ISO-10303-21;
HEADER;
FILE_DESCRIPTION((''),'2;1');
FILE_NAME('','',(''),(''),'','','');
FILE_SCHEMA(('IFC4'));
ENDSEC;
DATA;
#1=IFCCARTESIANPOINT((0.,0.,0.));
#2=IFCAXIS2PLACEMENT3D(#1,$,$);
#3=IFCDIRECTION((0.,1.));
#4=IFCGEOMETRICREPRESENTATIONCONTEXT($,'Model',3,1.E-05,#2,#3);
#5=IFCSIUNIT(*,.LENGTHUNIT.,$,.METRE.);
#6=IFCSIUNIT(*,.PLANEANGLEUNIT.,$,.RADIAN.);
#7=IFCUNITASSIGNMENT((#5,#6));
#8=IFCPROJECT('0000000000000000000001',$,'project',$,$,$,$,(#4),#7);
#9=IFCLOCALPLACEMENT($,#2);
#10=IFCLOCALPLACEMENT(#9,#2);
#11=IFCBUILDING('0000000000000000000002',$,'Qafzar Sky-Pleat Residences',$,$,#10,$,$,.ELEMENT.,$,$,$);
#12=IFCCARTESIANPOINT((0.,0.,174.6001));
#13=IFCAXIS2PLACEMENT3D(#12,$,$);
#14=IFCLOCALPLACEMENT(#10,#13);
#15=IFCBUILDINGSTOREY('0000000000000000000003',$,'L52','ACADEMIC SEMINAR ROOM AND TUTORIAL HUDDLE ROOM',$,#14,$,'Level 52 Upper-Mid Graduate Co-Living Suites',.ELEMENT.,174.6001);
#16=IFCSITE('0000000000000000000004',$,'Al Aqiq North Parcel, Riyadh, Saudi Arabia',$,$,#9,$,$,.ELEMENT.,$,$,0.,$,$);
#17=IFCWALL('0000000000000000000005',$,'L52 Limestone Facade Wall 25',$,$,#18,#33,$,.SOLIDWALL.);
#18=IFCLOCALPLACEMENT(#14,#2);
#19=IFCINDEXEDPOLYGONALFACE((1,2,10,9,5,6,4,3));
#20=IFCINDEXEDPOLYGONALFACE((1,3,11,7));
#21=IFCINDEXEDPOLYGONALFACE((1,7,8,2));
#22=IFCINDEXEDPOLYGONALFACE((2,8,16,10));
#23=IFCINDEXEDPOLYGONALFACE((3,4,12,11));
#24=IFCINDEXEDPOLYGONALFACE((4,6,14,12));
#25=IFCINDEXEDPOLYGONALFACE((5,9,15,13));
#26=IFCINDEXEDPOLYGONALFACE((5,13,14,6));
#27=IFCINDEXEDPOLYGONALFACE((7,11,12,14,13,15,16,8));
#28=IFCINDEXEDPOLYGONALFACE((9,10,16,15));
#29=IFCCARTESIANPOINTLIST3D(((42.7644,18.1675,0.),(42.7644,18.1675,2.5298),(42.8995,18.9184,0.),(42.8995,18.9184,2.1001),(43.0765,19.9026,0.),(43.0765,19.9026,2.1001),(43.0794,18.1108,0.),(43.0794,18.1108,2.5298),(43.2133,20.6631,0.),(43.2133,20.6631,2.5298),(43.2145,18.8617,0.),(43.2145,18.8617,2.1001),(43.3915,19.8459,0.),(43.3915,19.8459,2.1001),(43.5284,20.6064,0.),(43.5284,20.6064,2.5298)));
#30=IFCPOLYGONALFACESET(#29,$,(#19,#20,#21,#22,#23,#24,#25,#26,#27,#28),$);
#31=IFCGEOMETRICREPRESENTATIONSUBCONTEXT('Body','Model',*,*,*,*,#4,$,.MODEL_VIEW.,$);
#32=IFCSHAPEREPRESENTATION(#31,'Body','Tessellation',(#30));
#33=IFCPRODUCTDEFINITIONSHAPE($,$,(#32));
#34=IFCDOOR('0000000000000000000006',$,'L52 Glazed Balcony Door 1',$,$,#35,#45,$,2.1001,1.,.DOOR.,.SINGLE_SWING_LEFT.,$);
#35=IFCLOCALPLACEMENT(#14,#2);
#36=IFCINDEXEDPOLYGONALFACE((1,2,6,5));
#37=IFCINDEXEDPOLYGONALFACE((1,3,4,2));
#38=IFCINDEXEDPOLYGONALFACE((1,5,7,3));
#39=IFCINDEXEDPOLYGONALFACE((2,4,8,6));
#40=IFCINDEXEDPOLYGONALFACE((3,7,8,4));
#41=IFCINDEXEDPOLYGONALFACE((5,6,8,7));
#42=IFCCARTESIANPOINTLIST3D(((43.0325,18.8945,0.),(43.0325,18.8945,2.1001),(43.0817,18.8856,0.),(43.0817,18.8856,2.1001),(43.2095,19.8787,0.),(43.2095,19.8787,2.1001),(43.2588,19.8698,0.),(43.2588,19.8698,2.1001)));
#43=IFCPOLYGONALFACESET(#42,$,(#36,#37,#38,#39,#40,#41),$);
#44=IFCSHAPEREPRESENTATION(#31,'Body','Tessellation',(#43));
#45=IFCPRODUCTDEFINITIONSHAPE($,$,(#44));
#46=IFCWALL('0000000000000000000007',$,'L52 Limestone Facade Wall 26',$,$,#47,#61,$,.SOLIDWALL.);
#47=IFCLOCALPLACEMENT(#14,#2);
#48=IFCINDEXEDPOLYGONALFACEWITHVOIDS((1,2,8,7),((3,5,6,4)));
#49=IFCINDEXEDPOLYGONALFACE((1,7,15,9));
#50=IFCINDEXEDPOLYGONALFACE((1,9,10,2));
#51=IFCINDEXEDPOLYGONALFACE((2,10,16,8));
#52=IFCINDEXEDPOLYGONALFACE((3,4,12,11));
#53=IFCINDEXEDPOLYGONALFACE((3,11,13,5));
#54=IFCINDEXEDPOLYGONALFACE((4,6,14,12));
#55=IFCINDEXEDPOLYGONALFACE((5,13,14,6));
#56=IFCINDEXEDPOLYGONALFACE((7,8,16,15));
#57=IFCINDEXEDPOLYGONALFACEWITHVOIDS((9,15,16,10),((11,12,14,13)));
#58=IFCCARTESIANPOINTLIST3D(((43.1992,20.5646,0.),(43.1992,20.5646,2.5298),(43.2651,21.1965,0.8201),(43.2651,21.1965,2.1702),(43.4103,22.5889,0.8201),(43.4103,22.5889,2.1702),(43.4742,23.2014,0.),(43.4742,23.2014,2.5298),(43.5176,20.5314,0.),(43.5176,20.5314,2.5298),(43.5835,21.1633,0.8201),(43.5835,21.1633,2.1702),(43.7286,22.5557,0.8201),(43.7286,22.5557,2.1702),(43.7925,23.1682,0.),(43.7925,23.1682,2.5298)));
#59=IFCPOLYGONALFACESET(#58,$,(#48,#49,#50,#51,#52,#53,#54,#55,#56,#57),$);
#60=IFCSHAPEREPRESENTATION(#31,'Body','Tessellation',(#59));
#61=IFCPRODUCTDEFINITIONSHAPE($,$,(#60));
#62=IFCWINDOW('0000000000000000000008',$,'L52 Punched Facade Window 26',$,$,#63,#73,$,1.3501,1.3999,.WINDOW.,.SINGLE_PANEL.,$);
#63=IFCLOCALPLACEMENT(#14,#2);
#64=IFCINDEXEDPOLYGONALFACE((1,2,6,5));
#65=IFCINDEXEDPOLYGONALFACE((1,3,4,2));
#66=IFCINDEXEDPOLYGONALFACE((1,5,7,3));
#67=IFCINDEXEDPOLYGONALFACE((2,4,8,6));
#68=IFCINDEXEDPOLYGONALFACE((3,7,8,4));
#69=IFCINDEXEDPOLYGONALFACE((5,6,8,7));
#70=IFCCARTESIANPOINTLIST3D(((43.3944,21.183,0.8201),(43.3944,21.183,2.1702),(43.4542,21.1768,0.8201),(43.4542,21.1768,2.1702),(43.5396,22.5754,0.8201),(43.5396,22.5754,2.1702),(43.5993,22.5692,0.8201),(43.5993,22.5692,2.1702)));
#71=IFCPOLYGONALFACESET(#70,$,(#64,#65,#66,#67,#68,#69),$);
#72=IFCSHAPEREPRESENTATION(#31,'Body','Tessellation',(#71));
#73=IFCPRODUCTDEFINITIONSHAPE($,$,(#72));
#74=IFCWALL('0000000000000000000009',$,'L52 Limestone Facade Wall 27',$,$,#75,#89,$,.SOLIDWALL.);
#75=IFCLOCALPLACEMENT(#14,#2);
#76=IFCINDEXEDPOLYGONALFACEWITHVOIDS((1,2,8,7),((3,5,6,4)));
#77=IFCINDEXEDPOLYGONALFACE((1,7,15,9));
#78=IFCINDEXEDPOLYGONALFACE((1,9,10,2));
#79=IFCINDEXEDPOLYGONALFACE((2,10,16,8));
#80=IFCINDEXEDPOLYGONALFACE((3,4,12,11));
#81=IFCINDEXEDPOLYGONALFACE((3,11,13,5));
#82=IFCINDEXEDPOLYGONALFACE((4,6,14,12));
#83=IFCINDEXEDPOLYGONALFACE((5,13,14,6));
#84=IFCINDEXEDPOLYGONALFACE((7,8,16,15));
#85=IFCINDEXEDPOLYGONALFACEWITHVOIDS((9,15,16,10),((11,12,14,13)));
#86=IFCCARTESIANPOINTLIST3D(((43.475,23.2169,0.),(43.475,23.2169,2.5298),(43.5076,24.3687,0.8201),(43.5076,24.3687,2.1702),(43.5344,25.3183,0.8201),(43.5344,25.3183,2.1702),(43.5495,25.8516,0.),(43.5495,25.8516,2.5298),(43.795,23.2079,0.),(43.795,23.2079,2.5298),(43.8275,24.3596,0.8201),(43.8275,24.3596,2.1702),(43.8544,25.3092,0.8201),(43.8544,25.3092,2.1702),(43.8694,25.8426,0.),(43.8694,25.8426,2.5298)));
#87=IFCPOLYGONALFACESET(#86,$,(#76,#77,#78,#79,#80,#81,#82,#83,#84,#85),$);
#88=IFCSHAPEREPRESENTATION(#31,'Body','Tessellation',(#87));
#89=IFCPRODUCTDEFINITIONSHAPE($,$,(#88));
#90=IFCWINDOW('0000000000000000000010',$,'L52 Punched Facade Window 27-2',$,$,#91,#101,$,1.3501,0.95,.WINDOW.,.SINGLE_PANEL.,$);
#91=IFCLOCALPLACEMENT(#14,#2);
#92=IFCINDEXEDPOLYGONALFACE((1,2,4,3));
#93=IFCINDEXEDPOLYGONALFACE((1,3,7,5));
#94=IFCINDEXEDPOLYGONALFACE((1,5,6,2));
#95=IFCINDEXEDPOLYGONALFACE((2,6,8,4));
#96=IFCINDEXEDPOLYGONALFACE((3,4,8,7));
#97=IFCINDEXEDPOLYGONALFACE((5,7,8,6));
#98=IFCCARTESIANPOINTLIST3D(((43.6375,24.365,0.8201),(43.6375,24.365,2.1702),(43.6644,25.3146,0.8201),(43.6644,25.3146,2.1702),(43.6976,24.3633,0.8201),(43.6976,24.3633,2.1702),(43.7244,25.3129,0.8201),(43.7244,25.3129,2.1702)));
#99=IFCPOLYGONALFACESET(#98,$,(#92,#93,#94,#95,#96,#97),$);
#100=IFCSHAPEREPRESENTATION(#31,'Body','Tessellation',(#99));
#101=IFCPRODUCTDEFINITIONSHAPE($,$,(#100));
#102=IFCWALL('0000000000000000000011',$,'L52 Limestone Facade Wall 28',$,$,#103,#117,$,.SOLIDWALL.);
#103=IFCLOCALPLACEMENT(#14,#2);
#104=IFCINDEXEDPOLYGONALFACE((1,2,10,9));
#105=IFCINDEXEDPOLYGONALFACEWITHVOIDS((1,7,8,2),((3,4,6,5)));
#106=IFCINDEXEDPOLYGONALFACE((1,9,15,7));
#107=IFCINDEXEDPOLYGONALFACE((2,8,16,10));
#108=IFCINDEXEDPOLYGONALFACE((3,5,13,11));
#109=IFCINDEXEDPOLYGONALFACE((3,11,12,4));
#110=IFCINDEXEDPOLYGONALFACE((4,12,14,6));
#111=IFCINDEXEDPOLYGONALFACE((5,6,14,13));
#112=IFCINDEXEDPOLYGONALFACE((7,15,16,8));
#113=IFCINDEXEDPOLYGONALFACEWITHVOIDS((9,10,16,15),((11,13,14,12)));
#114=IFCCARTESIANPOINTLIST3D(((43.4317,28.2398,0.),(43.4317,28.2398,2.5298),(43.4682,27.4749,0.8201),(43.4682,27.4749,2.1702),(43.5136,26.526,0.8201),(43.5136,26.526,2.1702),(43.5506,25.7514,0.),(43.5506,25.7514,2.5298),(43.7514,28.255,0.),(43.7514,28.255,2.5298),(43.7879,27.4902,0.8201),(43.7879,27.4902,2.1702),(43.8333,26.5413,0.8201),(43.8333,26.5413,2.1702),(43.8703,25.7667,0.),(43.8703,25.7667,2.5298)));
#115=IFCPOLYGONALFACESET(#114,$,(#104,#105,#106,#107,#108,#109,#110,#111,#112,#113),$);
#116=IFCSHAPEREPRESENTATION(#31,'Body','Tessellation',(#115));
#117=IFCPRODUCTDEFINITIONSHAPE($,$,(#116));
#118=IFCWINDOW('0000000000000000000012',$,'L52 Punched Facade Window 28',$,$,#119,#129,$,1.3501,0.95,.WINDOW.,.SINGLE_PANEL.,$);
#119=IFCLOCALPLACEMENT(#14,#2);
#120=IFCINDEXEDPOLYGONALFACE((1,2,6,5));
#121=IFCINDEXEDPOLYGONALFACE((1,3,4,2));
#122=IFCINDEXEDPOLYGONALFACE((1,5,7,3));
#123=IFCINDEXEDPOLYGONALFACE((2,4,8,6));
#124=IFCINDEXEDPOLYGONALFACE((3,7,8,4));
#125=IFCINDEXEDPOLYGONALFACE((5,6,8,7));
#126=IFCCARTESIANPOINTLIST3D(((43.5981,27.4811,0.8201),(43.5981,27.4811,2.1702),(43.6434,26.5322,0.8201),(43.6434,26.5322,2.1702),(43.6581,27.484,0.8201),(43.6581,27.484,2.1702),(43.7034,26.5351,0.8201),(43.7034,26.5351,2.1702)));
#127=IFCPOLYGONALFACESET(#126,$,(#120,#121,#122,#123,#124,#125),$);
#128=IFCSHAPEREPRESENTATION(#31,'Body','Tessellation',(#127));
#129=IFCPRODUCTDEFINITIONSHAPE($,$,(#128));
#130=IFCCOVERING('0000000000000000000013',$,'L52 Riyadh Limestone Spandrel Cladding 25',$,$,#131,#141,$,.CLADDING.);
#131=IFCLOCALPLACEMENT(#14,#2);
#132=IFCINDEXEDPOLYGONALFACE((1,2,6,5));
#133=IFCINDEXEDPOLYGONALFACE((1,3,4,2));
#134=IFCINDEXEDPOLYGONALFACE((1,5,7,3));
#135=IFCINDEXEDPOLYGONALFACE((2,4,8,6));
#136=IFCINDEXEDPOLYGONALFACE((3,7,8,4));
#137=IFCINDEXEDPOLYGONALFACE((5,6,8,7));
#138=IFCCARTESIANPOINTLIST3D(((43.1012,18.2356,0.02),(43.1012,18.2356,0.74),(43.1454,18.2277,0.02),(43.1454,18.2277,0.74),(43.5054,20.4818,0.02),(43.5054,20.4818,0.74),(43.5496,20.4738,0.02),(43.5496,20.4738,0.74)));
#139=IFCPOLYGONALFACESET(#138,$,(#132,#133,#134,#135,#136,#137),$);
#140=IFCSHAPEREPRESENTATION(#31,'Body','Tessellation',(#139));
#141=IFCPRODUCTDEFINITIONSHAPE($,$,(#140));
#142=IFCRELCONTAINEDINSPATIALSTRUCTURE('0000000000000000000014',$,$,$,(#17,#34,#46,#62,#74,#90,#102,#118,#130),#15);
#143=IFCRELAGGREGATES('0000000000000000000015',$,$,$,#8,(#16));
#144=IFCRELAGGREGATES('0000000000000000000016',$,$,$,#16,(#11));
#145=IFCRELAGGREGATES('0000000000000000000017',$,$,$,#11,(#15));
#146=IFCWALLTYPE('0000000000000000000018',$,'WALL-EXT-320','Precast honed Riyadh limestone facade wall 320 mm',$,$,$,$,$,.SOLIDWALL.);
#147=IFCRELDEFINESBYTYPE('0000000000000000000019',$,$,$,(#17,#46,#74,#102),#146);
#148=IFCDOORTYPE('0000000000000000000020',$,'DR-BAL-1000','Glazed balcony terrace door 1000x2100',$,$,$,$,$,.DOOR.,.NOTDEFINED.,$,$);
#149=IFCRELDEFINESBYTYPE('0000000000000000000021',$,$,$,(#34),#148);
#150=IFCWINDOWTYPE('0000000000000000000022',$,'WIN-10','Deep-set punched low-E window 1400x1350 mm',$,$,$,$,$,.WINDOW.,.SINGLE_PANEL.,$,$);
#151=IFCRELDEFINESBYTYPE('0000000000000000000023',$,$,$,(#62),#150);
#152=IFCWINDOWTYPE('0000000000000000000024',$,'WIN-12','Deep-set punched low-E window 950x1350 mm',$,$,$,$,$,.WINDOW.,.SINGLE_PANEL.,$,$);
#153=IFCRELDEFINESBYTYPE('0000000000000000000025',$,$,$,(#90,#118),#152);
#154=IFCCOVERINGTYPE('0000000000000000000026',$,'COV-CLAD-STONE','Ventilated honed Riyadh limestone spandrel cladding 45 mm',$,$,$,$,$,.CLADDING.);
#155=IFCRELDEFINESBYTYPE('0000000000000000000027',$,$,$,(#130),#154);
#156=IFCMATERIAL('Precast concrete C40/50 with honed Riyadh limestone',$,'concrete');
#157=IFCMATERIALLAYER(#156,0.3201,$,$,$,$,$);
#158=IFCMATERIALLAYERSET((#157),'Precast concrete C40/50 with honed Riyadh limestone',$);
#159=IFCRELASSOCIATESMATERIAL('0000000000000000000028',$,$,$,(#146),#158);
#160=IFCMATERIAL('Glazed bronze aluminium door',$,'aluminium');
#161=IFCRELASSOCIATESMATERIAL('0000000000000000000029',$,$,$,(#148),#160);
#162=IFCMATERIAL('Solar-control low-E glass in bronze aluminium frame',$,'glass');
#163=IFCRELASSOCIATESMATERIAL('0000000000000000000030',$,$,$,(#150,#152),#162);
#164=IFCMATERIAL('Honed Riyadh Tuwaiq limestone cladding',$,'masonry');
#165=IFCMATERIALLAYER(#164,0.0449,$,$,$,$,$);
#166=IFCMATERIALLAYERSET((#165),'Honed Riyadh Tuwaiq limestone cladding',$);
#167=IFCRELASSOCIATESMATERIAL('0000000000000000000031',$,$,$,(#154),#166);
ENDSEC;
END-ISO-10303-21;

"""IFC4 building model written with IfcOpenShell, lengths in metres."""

from ifc_helpers import new_model, si_unit, direction, frame, frame_2d, origin, origin_2d, place, context, subcontext, project, spatial, rectangle, extrude, source, transform, mapped, material, layer, layer_set, type_object, element, fill, save


model = new_model("IFC4")

# Units and contexts
model_context = context("Model", 3, precision=1e-05, world=origin(), true_north=direction((0.0, 1.0)))
body_context = subcontext(model_context, "Body", "Model", "MODEL_VIEW")
ifc_project = project(units=[si_unit("LENGTHUNIT", "METRE"), si_unit("PLANEANGLEUNIT", "RADIAN")], contexts=[model_context])

# Site, building, storey
site_placement = place(None, origin())
site = spatial("IfcSite", under=ifc_project, at=site_placement, Name="Al Aqiq North Parcel, Riyadh, Saudi Arabia", CompositionType="ELEMENT", RefElevation=0.0)
building_placement = place(site_placement, origin())
building = spatial("IfcBuilding", under=site, at=building_placement, Name="Qafzar Sky-Pleat Residences", CompositionType="ELEMENT")
storey_placement = place(building_placement, frame((0.0, 0.0, 174.6001)))
storey = spatial("IfcBuildingStorey", under=building, at=storey_placement, Name="L52", Description="ACADEMIC SEMINAR ROOM AND TUTORIAL HUDDLE ROOM", LongName="Level 52 Upper-Mid Graduate Co-Living Suites", CompositionType="ELEMENT", Elevation=174.6001)

# Wall, opening, door
ifc_material_1 = material(Name="Precast concrete C40/50 with honed Riyadh limestone", Category="concrete")
ifc_layer_1 = layer(ifc_material_1, 0.3201)
ifc_layer_set_1 = layer_set([ifc_layer_1], Name="Precast concrete C40/50 with honed Riyadh limestone")
wall_type_1 = type_object("IfcWallType", Name="WALL-EXT-320", Description="Precast honed Riyadh limestone facade wall 320 mm", PredefinedType="SOLIDWALL", material=ifc_layer_set_1)
wall_1_placement = place(storey_placement, frame((42.9219, 18.1392, 0.0), z_axis=(0.0, 0.0, 1.0), x_axis=(0.177063, 0.984199, 0.0)))
wall_1 = element("IfcWall", 1, at=wall_1_placement, inside=storey, type_object=wall_type_1, Name="L52 Limestone Facade Wall 25", PredefinedType="SOLIDWALL", context=body_context, shape_type="SweptSolid", body=[
    extrude(rectangle(XDim=2.5356, YDim=0.3201, at=frame_2d((1.2678, 0.0))), origin(), (0.0, 0.0, 1.0), 2.5298),
])
opening_1_placement = place(wall_1_placement, frame((0.7629, 0.0, 0.0)))
opening_1 = element("IfcOpeningElement", 2, at=opening_1_placement, cuts=wall_1, PredefinedType="OPENING", context=body_context, shape_type="SweptSolid", body=[
    extrude(rectangle(XDim=1.0, YDim=2.1001, at=frame_2d((0.5, 1.05))), frame((0.0, 0.1699, 0.0), z_axis=(0.0, -1.0, 0.0), x_axis=(1.0, 0.0, 0.0)), (0.0, 0.0, 1.0), 0.3401),
])
ifc_material_2 = material(Name="Glazed bronze aluminium door", Category="aluminium")
door_type_1 = type_object("IfcDoorType", Name="DR-BAL-1000", Description="Glazed balcony terrace door 1000x2100", OperationType="NOTDEFINED", PredefinedType="DOOR", material=ifc_material_2)
shared_shape_1 = source(origin(), body_context, "Body", "SweptSolid", [
    extrude(rectangle(XDim=1.0, YDim=2.1001, at=frame_2d((0.5, 1.05))), frame((0.0, 0.0249, 0.0), z_axis=(0.0, -1.0, 0.0), x_axis=(1.0, 0.0, 0.0)), (0.0, 0.0, 1.0), 0.05),
])
door_1_placement = place(opening_1_placement, origin())
door_1 = element("IfcDoor", 3, at=door_1_placement, inside=storey, type_object=door_type_1, Name="L52 Glazed Balcony Door 1", OperationType="SINGLE_SWING_LEFT", OverallHeight=2.1001, OverallWidth=1.0, PredefinedType="DOOR", context=body_context, shape_type="MappedRepresentation", body=[
    mapped(shared_shape_1, transform((0.0, 0.0, 0.0), x_axis=(1.0, 0.0, 0.0), y_axis=(0.0, 1.0, 0.0), z_axis=(0.0, 0.0, 1.0), scale=1.0)),
])
fill(opening_1, door_1)

# Walls, openings, windows
wall_2_placement = place(storey_placement, frame((43.3584, 20.5479, 0.0), z_axis=(0.0, 0.0, 1.0), x_axis=(0.103697, 0.994609, 0.0)))
wall_2 = element("IfcWall", 4, at=wall_2_placement, inside=storey, type_object=wall_type_1, Name="L52 Limestone Facade Wall 26", PredefinedType="SOLIDWALL", context=body_context, shape_type="SweptSolid", body=[
    extrude(rectangle(XDim=2.6511, YDim=0.3201, at=frame_2d((1.3257, 0.0))), origin(), (0.0, 0.0, 1.0), 2.5298),
])
opening_2_placement = place(wall_2_placement, frame((0.6355, 0.0, 0.8201)))
opening_2 = element("IfcOpeningElement", 5, at=opening_2_placement, cuts=wall_2, PredefinedType="OPENING", context=body_context, shape_type="SweptSolid", body=[
    extrude(rectangle(XDim=1.3999, YDim=1.3501, at=frame_2d((0.7, 0.675))), frame((0.0, 0.1699, 0.0), z_axis=(0.0, -1.0, 0.0), x_axis=(1.0, 0.0, 0.0)), (0.0, 0.0, 1.0), 0.3401),
])
ifc_material_3 = material(Name="Solar-control low-E glass in bronze aluminium frame", Category="glass")
window_type_1 = type_object("IfcWindowType", Name="WIN-10", Description="Deep-set punched low-E window 1400x1350 mm", PartitioningType="SINGLE_PANEL", PredefinedType="WINDOW", material=ifc_material_3)
shared_shape_2 = source(origin(), body_context, "Body", "SweptSolid", [
    extrude(rectangle(XDim=1.3999, YDim=1.3501, at=frame_2d((0.7, 0.675))), frame((0.0, 0.03, 0.0), z_axis=(0.0, -1.0, 0.0), x_axis=(1.0, 0.0, 0.0)), (0.0, 0.0, 1.0), 0.0601),
])
window_1_placement = place(opening_2_placement, origin())
window_1 = element("IfcWindow", 6, at=window_1_placement, inside=storey, type_object=window_type_1, Name="L52 Punched Facade Window 26", OverallHeight=1.3501, OverallWidth=1.3999, PartitioningType="SINGLE_PANEL", PredefinedType="WINDOW", context=body_context, shape_type="MappedRepresentation", body=[
    mapped(shared_shape_2, transform((0.0, 0.0, 0.0), x_axis=(1.0, 0.0, 0.0), y_axis=(0.0, 1.0, 0.0), z_axis=(0.0, 0.0, 1.0), scale=1.0)),
])
fill(opening_2, window_1)
wall_3_placement = place(storey_placement, frame((43.635, 23.2124, 0.0), z_axis=(0.0, 0.0, 1.0), x_axis=(0.02825, 0.999601, 0.0)))
wall_3 = element("IfcWall", 7, at=wall_3_placement, inside=storey, type_object=wall_type_1, Name="L52 Limestone Facade Wall 27", PredefinedType="SOLIDWALL", context=body_context, shape_type="SweptSolid", body=[
    extrude(rectangle(XDim=2.6357, YDim=0.3201, at=frame_2d((1.3179, 0.0))), origin(), (0.0, 0.0, 1.0), 2.5298),
])
opening_3_placement = place(wall_3_placement, frame((1.1521, 0.0, 0.8201)))
opening_3 = element("IfcOpeningElement", 8, at=opening_3_placement, cuts=wall_3, PredefinedType="OPENING", context=body_context, shape_type="SweptSolid", body=[
    extrude(rectangle(XDim=0.95, YDim=1.3501, at=frame_2d((0.4751, 0.675))), frame((0.0, 0.1699, 0.0), z_axis=(0.0, -1.0, 0.0), x_axis=(1.0, 0.0, 0.0)), (0.0, 0.0, 1.0), 0.3401),
])
window_type_2 = type_object("IfcWindowType", Name="WIN-12", Description="Deep-set punched low-E window 950x1350 mm", PartitioningType="SINGLE_PANEL", PredefinedType="WINDOW", material=ifc_material_3)
shared_shape_3 = source(origin(), body_context, "Body", "SweptSolid", [
    extrude(rectangle(XDim=0.95, YDim=1.3501, at=frame_2d((0.4751, 0.675))), frame((0.0, 0.03, 0.0), z_axis=(0.0, -1.0, 0.0), x_axis=(1.0, 0.0, 0.0)), (0.0, 0.0, 1.0), 0.0601),
])
window_2_placement = place(opening_3_placement, origin())
window_2 = element("IfcWindow", 9, at=window_2_placement, inside=storey, type_object=window_type_2, Name="L52 Punched Facade Window 27-2", OverallHeight=1.3501, OverallWidth=0.95, PartitioningType="SINGLE_PANEL", PredefinedType="WINDOW", context=body_context, shape_type="MappedRepresentation", body=[
    mapped(shared_shape_3, transform((0.0, 0.0, 0.0), x_axis=(1.0, 0.0, 0.0), y_axis=(0.0, 1.0, 0.0), z_axis=(0.0, 0.0, 1.0), scale=1.0)),
])
fill(opening_3, window_2)
wall_4_placement = place(storey_placement, frame((43.7104, 25.759, 0.0), z_axis=(0.0, 0.0, 1.0), x_axis=(-0.047728, 0.99886, 0.0)))
wall_4 = element("IfcWall", 10, at=wall_4_placement, inside=storey, type_object=wall_type_1, Name="L52 Limestone Facade Wall 28", PredefinedType="SOLIDWALL", context=body_context, shape_type="SweptSolid", body=[
    extrude(rectangle(XDim=2.4912, YDim=0.3201, at=frame_2d((1.2456, 0.0))), origin(), (0.0, 0.0, 1.0), 2.5298),
])
opening_4_placement = place(wall_4_placement, frame((0.7754, 0.0, 0.8201)))
opening_4 = element("IfcOpeningElement", 11, at=opening_4_placement, cuts=wall_4, PredefinedType="OPENING", context=body_context, shape_type="SweptSolid", body=[
    extrude(rectangle(XDim=0.95, YDim=1.3501, at=frame_2d((0.4751, 0.675))), frame((0.0, 0.1699, 0.0), z_axis=(0.0, -1.0, 0.0), x_axis=(1.0, 0.0, 0.0)), (0.0, 0.0, 1.0), 0.3401),
])
window_3_placement = place(opening_4_placement, origin())
window_3 = element("IfcWindow", 12, at=window_3_placement, inside=storey, type_object=window_type_2, Name="L52 Punched Facade Window 28", OverallHeight=1.3501, OverallWidth=0.95, PartitioningType="SINGLE_PANEL", PredefinedType="WINDOW", context=body_context, shape_type="MappedRepresentation", body=[
    mapped(shared_shape_3, transform((0.0, 0.0, 0.0), x_axis=(1.0, 0.0, 0.0), y_axis=(0.0, 1.0, 0.0), z_axis=(0.0, 0.0, 1.0), scale=1.0)),
])
fill(opening_4, window_3)

# Covering
ifc_material_4 = material(Name="Honed Riyadh Tuwaiq limestone cladding", Category="masonry")
ifc_layer_2 = layer(ifc_material_4, 0.0449)
ifc_layer_set_2 = layer_set([ifc_layer_2], Name="Honed Riyadh Tuwaiq limestone cladding")
covering_type = type_object("IfcCoveringType", Name="COV-CLAD-STONE", Description="Ventilated honed Riyadh limestone spandrel cladding 45 mm", PredefinedType="CLADDING", material=ifc_layer_set_2)
shared_shape_4 = source(origin(), body_context, "Body", "SweptSolid", [
    extrude(rectangle(XDim=2.2822, YDim=0.0449, at=origin_2d()), origin(), (0.0, 0.0, 1.0), 0.72),
])
covering_placement = place(storey_placement, frame((43.3254, 19.3547, 0.02), z_axis=(0.0, 0.0, 1.0), x_axis=(0.177105, 0.984192, 0.0)))
element("IfcCovering", 13, at=covering_placement, inside=storey, type_object=covering_type, Name="L52 Riyadh Limestone Spandrel Cladding 25", PredefinedType="CLADDING", context=body_context, shape_type="MappedRepresentation", body=[
    mapped(shared_shape_4, transform((0.0, 0.0, 0.0), x_axis=(1.0, 0.0, 0.0), y_axis=(0.0, 1.0, 0.0), z_axis=(0.0, 0.0, 1.0), scale=1.0)),
])

save(model, "model.ifc")
